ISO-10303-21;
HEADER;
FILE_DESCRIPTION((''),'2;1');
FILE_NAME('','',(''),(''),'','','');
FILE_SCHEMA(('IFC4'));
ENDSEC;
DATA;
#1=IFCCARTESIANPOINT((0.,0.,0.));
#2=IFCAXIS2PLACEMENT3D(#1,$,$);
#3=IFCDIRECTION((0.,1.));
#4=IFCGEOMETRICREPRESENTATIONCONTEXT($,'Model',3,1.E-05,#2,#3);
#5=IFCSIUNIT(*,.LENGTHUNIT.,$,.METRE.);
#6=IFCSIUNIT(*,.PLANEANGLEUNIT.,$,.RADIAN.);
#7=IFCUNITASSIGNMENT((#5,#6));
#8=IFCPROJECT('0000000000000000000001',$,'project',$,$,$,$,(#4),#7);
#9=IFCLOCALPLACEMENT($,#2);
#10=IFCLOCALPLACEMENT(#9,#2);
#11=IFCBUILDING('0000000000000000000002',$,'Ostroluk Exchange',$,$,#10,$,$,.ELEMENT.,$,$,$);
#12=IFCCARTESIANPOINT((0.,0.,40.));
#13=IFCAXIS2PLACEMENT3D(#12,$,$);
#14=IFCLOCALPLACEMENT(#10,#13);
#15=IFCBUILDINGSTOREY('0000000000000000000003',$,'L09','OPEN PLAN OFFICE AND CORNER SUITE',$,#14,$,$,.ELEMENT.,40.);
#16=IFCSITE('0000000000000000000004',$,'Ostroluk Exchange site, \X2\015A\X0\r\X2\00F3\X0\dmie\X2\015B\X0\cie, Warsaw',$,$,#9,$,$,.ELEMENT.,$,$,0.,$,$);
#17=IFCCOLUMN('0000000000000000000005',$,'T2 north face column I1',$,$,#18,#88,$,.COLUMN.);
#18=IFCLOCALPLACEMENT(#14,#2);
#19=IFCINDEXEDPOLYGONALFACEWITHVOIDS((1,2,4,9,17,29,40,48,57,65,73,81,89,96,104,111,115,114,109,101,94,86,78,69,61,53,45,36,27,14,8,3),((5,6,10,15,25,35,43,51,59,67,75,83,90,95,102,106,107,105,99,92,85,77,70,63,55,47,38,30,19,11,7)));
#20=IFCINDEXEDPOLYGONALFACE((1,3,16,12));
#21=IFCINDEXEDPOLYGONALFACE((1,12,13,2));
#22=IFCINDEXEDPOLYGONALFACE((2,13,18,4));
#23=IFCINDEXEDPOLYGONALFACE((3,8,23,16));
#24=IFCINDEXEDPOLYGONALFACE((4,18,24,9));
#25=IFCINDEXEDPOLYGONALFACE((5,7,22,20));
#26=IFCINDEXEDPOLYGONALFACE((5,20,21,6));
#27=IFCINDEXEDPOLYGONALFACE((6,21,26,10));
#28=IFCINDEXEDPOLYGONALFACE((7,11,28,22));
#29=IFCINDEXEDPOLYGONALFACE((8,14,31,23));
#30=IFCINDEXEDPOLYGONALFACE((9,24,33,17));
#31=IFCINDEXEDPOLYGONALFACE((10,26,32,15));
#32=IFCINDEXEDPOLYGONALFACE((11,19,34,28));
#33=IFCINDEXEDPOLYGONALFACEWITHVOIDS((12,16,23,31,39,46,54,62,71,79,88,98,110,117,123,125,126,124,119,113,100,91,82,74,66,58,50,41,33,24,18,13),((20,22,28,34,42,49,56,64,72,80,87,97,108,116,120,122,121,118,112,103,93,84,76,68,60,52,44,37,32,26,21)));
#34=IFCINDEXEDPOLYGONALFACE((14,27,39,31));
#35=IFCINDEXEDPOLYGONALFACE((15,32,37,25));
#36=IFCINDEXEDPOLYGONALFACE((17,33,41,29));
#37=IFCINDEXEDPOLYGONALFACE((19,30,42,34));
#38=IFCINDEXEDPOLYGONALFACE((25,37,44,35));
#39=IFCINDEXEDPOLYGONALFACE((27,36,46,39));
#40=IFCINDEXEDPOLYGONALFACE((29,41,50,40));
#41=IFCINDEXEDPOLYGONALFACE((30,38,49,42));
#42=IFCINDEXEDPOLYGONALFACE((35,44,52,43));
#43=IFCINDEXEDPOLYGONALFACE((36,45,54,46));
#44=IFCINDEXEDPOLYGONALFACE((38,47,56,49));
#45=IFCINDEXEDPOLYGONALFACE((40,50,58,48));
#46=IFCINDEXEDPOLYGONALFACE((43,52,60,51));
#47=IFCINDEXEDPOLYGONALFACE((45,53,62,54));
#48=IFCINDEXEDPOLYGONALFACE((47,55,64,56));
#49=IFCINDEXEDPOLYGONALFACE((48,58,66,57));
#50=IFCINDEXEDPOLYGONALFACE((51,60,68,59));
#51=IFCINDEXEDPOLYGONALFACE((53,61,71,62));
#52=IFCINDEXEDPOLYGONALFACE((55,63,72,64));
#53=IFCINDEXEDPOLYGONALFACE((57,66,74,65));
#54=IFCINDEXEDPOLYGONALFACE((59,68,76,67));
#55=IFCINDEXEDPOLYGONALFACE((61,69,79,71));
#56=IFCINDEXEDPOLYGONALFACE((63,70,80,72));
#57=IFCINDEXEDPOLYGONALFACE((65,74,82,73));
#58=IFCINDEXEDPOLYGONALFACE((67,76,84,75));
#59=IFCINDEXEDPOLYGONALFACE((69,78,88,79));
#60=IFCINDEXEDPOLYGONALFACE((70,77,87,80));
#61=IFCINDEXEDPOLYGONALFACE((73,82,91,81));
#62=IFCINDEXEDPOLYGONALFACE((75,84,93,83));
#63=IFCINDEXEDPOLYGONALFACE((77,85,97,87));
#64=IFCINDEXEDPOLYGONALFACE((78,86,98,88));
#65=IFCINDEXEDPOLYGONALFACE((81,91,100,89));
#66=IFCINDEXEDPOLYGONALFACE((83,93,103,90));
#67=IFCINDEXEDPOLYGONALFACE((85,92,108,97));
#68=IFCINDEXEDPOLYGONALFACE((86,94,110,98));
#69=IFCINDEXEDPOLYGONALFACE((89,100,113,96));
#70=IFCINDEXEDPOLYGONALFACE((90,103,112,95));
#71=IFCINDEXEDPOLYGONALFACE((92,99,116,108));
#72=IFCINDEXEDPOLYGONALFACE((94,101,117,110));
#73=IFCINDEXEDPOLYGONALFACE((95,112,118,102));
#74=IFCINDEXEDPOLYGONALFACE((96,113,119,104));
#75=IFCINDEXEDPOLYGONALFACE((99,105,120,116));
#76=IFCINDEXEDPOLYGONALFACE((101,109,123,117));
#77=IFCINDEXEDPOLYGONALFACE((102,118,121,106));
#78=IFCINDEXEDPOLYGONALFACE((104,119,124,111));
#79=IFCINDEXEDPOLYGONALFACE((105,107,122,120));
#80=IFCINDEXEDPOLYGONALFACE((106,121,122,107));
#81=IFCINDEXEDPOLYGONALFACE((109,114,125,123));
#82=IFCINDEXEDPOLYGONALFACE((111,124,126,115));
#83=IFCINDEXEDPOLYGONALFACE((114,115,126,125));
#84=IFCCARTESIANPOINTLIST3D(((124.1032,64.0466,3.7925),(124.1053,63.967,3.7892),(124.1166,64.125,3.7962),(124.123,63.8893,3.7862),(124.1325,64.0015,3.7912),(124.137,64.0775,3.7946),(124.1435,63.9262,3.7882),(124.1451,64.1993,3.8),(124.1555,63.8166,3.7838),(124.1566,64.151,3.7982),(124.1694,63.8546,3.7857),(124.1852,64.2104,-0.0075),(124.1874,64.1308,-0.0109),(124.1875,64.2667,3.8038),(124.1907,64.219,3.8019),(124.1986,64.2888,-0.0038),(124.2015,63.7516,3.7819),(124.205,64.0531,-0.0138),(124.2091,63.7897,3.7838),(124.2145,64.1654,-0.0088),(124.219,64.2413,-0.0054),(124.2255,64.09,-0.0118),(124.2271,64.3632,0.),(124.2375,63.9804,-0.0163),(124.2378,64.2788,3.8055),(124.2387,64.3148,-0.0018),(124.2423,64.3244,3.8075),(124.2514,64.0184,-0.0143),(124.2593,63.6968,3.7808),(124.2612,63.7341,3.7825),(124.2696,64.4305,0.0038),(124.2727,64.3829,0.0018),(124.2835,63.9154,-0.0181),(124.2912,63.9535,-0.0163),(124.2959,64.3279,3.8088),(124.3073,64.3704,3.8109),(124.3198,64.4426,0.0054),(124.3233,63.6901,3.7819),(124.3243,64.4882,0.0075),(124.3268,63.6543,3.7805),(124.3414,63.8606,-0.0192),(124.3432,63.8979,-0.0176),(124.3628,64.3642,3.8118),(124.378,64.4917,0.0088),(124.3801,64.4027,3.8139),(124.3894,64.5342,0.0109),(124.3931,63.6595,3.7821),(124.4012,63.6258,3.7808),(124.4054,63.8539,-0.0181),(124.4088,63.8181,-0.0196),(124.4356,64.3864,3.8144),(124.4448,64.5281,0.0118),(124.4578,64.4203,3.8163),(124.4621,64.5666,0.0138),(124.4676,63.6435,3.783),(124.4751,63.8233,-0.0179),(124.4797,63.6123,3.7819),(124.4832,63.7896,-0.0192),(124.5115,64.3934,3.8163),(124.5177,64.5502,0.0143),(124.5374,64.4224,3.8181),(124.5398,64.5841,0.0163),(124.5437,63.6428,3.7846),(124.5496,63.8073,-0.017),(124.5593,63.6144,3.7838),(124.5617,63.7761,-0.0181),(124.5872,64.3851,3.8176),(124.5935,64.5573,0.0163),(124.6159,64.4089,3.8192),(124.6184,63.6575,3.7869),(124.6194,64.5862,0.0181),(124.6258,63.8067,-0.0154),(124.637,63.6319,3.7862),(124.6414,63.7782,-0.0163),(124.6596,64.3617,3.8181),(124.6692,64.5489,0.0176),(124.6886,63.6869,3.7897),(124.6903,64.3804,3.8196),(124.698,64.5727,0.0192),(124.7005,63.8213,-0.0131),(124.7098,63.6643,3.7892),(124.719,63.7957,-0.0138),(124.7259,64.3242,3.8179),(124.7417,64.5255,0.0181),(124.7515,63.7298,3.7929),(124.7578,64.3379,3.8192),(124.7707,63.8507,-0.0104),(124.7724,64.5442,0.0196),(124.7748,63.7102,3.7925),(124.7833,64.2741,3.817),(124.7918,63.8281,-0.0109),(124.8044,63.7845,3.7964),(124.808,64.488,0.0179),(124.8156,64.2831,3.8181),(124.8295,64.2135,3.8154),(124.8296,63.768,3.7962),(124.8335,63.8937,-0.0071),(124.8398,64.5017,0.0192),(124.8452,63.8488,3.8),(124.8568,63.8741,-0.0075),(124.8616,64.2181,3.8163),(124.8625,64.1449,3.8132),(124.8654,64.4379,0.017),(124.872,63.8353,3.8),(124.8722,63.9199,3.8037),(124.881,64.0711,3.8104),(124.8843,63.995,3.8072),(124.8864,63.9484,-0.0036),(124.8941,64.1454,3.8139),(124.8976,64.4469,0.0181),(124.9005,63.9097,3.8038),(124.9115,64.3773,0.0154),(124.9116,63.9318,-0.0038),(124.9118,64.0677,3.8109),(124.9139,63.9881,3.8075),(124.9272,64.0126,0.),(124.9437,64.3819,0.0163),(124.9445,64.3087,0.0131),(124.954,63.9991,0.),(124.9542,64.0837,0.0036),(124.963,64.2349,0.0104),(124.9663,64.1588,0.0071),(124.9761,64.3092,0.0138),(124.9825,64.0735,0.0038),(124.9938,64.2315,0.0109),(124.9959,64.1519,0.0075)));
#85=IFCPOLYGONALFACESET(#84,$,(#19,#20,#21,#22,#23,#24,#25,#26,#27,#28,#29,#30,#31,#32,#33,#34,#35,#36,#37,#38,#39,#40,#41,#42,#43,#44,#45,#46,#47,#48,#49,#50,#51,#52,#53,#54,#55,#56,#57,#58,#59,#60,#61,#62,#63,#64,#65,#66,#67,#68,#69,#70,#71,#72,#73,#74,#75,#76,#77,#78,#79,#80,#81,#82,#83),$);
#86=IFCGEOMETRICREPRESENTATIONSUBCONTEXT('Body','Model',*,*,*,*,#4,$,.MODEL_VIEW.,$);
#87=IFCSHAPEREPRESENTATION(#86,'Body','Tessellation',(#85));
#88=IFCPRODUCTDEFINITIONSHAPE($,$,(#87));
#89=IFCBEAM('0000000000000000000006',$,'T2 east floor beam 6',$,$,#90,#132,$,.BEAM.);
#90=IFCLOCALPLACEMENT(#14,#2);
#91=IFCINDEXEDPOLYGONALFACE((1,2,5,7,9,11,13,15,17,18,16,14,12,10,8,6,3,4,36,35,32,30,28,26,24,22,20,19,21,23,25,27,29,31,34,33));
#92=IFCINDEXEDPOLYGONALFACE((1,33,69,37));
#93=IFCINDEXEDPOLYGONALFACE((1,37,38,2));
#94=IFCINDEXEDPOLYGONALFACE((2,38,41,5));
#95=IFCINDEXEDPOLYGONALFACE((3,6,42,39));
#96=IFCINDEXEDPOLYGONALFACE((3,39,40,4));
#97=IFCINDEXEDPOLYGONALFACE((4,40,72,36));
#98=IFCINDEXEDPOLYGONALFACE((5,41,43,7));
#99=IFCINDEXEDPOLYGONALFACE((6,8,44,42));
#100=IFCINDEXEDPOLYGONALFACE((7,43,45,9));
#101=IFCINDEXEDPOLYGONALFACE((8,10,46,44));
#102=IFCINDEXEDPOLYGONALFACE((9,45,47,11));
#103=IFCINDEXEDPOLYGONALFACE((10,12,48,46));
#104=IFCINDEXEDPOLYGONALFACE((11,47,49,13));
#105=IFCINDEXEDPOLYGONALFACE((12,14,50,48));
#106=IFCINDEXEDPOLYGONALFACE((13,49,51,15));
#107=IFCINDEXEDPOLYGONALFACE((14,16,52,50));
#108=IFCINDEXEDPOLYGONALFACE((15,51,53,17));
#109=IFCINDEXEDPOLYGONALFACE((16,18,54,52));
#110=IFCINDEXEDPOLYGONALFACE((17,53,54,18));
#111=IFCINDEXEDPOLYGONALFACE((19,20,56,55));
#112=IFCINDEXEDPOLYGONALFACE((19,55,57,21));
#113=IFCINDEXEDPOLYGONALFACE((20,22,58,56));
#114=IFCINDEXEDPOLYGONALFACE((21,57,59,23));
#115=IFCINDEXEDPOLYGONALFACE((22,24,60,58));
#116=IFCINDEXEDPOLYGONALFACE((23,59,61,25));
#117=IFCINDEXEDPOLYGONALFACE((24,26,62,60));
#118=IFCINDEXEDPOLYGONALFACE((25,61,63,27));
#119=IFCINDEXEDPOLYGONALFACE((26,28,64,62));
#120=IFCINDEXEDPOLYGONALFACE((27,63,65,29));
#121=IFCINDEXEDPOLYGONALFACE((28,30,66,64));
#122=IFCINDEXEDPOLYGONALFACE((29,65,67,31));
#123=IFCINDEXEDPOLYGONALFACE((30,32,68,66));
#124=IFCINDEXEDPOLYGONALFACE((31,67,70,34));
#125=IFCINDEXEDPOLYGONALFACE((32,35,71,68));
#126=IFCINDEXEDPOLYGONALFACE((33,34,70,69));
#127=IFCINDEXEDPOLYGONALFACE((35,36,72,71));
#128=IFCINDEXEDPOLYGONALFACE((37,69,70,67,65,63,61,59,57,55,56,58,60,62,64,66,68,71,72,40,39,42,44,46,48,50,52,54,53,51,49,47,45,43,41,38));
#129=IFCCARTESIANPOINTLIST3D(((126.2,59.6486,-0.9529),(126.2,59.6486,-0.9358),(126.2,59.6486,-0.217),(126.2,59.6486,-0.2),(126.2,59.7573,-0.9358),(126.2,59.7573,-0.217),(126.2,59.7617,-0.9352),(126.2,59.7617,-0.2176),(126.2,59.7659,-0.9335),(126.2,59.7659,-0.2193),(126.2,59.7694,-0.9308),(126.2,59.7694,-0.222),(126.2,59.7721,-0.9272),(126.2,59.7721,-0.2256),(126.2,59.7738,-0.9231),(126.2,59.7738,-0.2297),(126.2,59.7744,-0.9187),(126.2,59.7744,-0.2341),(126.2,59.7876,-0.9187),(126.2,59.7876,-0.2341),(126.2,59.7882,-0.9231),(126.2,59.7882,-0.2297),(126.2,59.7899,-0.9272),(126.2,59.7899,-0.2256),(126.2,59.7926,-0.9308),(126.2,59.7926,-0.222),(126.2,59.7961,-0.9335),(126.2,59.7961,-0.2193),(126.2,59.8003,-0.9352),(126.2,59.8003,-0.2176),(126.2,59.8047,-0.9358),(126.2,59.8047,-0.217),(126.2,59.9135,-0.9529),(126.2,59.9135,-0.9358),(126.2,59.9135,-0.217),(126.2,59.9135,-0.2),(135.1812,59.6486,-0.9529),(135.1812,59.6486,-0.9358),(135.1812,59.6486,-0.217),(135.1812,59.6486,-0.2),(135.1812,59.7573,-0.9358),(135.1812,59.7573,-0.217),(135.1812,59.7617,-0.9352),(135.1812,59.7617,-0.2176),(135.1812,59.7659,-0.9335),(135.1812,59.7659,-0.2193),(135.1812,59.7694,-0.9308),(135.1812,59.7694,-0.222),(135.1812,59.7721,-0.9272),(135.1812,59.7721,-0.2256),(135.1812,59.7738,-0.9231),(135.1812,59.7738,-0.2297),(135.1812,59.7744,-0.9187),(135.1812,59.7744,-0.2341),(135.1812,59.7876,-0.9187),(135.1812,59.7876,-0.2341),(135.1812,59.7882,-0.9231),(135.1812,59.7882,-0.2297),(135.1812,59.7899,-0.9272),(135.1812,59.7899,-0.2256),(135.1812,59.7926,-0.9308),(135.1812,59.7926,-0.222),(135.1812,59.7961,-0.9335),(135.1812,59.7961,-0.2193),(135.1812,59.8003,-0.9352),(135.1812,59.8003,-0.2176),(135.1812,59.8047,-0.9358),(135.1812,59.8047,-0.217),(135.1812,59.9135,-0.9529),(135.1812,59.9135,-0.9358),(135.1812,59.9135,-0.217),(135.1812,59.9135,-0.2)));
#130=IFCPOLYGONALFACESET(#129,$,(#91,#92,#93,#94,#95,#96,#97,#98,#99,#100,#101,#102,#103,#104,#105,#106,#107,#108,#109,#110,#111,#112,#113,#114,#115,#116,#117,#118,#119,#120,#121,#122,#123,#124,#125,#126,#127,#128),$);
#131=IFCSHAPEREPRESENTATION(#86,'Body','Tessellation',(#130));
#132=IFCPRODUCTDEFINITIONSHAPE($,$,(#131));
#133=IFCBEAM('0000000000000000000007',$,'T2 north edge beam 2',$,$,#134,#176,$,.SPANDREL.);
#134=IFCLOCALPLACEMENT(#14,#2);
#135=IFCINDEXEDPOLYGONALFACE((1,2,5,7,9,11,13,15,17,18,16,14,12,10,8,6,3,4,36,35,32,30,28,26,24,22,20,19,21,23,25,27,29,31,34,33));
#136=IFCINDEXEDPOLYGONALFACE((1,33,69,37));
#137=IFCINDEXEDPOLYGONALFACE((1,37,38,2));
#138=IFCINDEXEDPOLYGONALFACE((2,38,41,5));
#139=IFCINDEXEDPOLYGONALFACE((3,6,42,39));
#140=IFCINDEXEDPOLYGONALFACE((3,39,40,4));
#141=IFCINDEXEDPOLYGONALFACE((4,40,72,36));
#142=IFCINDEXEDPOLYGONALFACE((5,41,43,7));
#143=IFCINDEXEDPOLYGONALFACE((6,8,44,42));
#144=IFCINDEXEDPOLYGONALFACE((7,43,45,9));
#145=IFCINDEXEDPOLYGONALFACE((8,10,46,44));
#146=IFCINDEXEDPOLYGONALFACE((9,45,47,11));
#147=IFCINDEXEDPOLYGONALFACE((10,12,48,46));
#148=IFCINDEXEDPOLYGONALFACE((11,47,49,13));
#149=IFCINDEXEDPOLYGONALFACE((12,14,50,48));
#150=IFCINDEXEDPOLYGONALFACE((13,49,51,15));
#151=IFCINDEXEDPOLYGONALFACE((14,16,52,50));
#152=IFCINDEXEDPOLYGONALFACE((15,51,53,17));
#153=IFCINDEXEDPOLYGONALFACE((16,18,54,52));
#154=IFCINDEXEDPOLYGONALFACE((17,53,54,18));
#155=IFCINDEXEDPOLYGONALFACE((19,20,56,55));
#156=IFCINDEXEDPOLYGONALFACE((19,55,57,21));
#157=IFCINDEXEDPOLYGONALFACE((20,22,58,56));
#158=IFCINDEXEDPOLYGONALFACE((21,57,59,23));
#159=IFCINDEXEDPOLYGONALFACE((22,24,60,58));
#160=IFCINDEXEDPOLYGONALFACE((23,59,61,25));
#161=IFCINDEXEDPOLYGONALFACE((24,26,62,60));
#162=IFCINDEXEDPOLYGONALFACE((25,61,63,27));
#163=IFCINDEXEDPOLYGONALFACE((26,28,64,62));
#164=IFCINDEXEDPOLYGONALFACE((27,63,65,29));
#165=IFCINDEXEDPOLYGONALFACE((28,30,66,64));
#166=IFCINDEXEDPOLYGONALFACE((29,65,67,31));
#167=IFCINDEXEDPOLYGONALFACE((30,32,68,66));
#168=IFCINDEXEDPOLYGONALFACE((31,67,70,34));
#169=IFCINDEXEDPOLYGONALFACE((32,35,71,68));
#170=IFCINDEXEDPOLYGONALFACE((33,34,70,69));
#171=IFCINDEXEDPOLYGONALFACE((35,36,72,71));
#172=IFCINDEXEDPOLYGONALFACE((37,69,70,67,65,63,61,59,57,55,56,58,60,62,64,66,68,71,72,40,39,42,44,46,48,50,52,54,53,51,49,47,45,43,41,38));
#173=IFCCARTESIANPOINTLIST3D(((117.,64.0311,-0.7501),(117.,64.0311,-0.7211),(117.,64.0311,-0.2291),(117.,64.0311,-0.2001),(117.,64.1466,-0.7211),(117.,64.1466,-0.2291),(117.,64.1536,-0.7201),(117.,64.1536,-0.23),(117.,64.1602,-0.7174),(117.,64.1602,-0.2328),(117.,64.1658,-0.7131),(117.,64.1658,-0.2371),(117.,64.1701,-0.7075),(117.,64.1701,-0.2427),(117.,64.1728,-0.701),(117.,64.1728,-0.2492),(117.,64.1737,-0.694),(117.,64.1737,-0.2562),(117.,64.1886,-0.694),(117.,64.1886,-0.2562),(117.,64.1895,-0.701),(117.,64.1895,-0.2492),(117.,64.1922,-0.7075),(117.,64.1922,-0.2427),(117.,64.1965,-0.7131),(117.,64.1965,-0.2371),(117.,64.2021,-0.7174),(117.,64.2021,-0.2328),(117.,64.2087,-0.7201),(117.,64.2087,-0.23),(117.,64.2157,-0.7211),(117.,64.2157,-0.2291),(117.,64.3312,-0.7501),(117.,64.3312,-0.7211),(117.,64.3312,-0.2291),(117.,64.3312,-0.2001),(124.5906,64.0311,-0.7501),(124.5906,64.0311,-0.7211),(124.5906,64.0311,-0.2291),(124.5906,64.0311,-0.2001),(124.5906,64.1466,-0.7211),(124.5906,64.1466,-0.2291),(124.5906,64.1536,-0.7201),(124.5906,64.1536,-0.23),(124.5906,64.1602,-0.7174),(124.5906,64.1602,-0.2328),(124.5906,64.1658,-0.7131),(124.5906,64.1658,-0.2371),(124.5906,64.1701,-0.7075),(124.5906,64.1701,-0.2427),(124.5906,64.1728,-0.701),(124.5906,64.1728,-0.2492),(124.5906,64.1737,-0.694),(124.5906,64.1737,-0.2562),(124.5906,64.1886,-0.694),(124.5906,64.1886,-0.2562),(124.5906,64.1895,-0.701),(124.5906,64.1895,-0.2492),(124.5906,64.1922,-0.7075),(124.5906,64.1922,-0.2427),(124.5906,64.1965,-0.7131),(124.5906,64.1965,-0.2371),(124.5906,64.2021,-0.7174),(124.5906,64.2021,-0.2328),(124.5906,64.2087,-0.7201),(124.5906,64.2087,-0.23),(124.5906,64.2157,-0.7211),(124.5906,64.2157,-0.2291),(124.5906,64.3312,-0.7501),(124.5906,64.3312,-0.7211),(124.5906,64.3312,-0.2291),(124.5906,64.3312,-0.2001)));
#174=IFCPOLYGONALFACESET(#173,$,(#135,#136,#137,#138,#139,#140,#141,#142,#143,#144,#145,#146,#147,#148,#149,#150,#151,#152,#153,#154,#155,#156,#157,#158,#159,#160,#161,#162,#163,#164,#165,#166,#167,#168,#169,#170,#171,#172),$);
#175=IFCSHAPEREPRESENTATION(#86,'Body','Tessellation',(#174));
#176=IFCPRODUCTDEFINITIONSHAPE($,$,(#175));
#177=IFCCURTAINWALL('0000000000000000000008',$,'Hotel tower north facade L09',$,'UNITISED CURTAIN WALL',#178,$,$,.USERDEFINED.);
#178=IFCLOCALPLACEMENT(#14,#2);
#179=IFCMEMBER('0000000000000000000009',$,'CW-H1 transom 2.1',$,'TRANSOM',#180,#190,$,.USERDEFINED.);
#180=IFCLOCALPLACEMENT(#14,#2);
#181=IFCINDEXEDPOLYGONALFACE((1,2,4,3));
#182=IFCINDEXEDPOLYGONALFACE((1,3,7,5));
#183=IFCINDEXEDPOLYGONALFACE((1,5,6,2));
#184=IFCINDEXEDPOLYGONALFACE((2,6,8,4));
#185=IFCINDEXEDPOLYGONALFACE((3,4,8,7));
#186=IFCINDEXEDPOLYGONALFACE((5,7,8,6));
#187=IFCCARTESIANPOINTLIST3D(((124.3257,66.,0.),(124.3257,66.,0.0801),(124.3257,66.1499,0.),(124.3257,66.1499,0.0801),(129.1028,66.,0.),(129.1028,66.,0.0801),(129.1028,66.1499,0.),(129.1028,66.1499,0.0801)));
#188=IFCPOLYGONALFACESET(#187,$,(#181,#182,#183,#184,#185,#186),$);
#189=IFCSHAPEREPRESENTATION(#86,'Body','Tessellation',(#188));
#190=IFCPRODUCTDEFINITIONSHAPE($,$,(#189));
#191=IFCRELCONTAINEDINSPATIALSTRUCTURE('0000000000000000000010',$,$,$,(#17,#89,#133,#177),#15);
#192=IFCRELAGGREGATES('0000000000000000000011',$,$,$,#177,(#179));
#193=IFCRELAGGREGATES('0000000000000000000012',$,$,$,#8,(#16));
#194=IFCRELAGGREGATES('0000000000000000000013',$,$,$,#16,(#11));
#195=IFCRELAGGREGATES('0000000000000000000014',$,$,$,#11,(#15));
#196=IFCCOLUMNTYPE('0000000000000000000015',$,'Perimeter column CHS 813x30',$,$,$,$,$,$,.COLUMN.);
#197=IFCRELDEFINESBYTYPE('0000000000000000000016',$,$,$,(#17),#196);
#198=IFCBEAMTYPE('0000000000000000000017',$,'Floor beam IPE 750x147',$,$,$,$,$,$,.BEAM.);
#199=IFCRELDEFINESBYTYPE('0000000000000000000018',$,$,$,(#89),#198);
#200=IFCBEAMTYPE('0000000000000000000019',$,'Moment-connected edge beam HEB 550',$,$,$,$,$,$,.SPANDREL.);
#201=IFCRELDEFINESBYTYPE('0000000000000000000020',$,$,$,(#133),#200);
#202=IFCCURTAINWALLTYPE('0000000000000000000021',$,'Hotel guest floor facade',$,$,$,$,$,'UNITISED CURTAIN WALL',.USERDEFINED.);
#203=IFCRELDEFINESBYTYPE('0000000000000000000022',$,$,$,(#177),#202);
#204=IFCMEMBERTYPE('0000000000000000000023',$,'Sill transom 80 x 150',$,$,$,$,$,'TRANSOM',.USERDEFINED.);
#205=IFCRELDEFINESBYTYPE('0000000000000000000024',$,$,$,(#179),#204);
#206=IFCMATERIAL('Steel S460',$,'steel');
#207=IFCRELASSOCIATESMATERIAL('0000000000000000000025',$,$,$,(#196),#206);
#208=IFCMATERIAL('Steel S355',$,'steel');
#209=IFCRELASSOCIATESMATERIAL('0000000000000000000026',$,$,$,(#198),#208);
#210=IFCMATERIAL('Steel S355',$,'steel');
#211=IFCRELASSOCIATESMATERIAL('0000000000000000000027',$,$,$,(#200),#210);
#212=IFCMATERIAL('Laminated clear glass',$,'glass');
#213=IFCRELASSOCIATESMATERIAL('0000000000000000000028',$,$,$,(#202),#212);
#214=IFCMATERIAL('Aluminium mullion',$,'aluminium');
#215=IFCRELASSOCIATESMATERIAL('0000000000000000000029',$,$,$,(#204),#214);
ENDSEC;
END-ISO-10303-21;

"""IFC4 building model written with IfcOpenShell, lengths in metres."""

from ifc_helpers import new_model, si_unit, direction, frame, origin, origin_2d, place, context, subcontext, project, spatial, rectangle, hollow_circle, i_section, extrude, material, material_profile, profile_set, type_object, element, aggregate, save


model = new_model("IFC4")

# Units and contexts
model_context = context("Model", 3, precision=1e-05, world=origin(), true_north=direction((0.0, 1.0)))
body_context = subcontext(model_context, "Body", "Model", "MODEL_VIEW")
ifc_project = project(units=[si_unit("LENGTHUNIT", "METRE"), si_unit("PLANEANGLEUNIT", "RADIAN")], contexts=[model_context])

# Site, building, storey
site_placement = place(None, origin())
site = spatial("IfcSite", under=ifc_project, at=site_placement, Name="Ostroluk Exchange site, Śródmieście, Warsaw", CompositionType="ELEMENT", RefElevation=0.0)
building_placement = place(site_placement, origin())
building = spatial("IfcBuilding", under=site, at=building_placement, Name="Ostroluk Exchange", CompositionType="ELEMENT")
storey_placement = place(building_placement, frame((0.0, 0.0, 40.0)))
storey = spatial("IfcBuildingStorey", under=building, at=storey_placement, Name="L09", Description="OPEN PLAN OFFICE AND CORNER SUITE", CompositionType="ELEMENT", Elevation=40.0)

# Column
ifc_material_1 = material(Name="Steel S460", Category="steel")
ifc_material_profile_1 = material_profile(ifc_material_1, hollow_circle(Radius=0.4065, WallThickness=0.03, at=origin_2d()), Name="CHS 813x30")
ifc_profile_set_1 = profile_set([ifc_material_profile_1], Name="Steel S460")
column_type = type_object("IfcColumnType", Name="Perimeter column CHS 813x30", PredefinedType="COLUMN", material=ifc_profile_set_1)
column_placement = place(storey_placement, frame((124.5906, 64.1812, 0.0), z_axis=(-0.021562, -0.04306, 0.99884), x_axis=(0.894161, -0.447747, 0.0)))
element("IfcColumn", 1, at=column_placement, inside=storey, type_object=column_type, Name="T2 north face column I1", PredefinedType="COLUMN", context=body_context, shape_type="SweptSolid", body=[
    extrude(hollow_circle(Radius=0.4065, WallThickness=0.03, at=origin_2d()), origin(), (0.0, 0.0, 1.0), 3.8044),
])

# Beams
ifc_material_2 = material(Name="Steel S355", Category="steel")
ifc_material_profile_2 = material_profile(ifc_material_2, i_section(OverallWidth=0.2649, OverallDepth=0.7529, WebThickness=0.0132, FlangeThickness=0.0171, FilletRadius=0.0171, at=origin_2d()), Name="IPE 750x147")
ifc_profile_set_2 = profile_set([ifc_material_profile_2], Name="Steel S355")
beam_type_1 = type_object("IfcBeamType", Name="Floor beam IPE 750x147", PredefinedType="BEAM", material=ifc_profile_set_2)
beam_1_placement = place(storey_placement, frame((126.2, 59.781, -0.5764), z_axis=(1.0, 0.0, 0.0), x_axis=(0.0, 1.0, 0.0)))
element("IfcBeam", 2, at=beam_1_placement, inside=storey, type_object=beam_type_1, Name="T2 east floor beam 6", PredefinedType="BEAM", context=body_context, shape_type="SweptSolid", body=[
    extrude(i_section(OverallWidth=0.2649, OverallDepth=0.7529, WebThickness=0.0132, FlangeThickness=0.0171, FilletRadius=0.0171, at=origin_2d()), origin(), (0.0, 0.0, 1.0), 8.9812),
])
ifc_material_3 = material(Name="Steel S355", Category="steel")
ifc_material_profile_3 = material_profile(ifc_material_3, i_section(OverallWidth=0.3, OverallDepth=0.55, WebThickness=0.0149, FlangeThickness=0.0291, FilletRadius=0.0271, at=origin_2d()), Name="HEB 550")
ifc_profile_set_3 = profile_set([ifc_material_profile_3], Name="Steel S355")
beam_type_2 = type_object("IfcBeamType", Name="Moment-connected edge beam HEB 550", PredefinedType="SPANDREL", material=ifc_profile_set_3)
beam_2_placement = place(storey_placement, frame((124.5906, 64.1812, -0.4751), z_axis=(-1.0, 0.0, 0.0), x_axis=(0.0, -1.0, 0.0)))
element("IfcBeam", 3, at=beam_2_placement, inside=storey, type_object=beam_type_2, Name="T2 north edge beam 2", PredefinedType="SPANDREL", context=body_context, shape_type="SweptSolid", body=[
    extrude(i_section(OverallWidth=0.3, OverallDepth=0.55, WebThickness=0.0149, FlangeThickness=0.0291, FilletRadius=0.0271, at=origin_2d()), origin(), (0.0, 0.0, 1.0), 7.5906),
])

# Curtain wall, member
ifc_material_4 = material(Name="Laminated clear glass", Category="glass")
curtain_wall_type = type_object("IfcCurtainWallType", Name="Hotel guest floor facade", ElementType="UNITISED CURTAIN WALL", PredefinedType="USERDEFINED", material=ifc_material_4)
curtain_wall_placement = place(storey_placement, origin())
curtain_wall = element("IfcCurtainWall", 4, at=curtain_wall_placement, inside=storey, type_object=curtain_wall_type, Name="Hotel tower north facade L09", ObjectType="UNITISED CURTAIN WALL", PredefinedType="USERDEFINED")
ifc_material_5 = material(Name="Aluminium mullion", Category="aluminium")
ifc_material_profile_4 = material_profile(ifc_material_5, rectangle(XDim=0.1499, YDim=0.0801, at=origin_2d()), Name="Sill transom 80 x 150")
ifc_profile_set_4 = profile_set([ifc_material_profile_4], Name="Aluminium mullion")
member_type_1 = type_object("IfcMemberType", Name="Sill transom 80 x 150", ElementType="TRANSOM", PredefinedType="USERDEFINED", material=ifc_profile_set_4)
member_1_placement = place(storey_placement, frame((129.1028, 66.075, 0.04), z_axis=(-1.0, 0.0, 0.0), x_axis=(0.0, -1.0, 0.0)))
member_1 = element("IfcMember", 5, at=member_1_placement, type_object=member_type_1, Name="CW-H1 transom 2.1", ObjectType="TRANSOM", PredefinedType="USERDEFINED", context=body_context, shape_type="SweptSolid", body=[
    extrude(rectangle(XDim=0.1499, YDim=0.0801, at=origin_2d()), origin(), (0.0, 0.0, 1.0), 4.7771),
])
aggregate(curtain_wall, [member_1])

save(model, "model.ifc")
